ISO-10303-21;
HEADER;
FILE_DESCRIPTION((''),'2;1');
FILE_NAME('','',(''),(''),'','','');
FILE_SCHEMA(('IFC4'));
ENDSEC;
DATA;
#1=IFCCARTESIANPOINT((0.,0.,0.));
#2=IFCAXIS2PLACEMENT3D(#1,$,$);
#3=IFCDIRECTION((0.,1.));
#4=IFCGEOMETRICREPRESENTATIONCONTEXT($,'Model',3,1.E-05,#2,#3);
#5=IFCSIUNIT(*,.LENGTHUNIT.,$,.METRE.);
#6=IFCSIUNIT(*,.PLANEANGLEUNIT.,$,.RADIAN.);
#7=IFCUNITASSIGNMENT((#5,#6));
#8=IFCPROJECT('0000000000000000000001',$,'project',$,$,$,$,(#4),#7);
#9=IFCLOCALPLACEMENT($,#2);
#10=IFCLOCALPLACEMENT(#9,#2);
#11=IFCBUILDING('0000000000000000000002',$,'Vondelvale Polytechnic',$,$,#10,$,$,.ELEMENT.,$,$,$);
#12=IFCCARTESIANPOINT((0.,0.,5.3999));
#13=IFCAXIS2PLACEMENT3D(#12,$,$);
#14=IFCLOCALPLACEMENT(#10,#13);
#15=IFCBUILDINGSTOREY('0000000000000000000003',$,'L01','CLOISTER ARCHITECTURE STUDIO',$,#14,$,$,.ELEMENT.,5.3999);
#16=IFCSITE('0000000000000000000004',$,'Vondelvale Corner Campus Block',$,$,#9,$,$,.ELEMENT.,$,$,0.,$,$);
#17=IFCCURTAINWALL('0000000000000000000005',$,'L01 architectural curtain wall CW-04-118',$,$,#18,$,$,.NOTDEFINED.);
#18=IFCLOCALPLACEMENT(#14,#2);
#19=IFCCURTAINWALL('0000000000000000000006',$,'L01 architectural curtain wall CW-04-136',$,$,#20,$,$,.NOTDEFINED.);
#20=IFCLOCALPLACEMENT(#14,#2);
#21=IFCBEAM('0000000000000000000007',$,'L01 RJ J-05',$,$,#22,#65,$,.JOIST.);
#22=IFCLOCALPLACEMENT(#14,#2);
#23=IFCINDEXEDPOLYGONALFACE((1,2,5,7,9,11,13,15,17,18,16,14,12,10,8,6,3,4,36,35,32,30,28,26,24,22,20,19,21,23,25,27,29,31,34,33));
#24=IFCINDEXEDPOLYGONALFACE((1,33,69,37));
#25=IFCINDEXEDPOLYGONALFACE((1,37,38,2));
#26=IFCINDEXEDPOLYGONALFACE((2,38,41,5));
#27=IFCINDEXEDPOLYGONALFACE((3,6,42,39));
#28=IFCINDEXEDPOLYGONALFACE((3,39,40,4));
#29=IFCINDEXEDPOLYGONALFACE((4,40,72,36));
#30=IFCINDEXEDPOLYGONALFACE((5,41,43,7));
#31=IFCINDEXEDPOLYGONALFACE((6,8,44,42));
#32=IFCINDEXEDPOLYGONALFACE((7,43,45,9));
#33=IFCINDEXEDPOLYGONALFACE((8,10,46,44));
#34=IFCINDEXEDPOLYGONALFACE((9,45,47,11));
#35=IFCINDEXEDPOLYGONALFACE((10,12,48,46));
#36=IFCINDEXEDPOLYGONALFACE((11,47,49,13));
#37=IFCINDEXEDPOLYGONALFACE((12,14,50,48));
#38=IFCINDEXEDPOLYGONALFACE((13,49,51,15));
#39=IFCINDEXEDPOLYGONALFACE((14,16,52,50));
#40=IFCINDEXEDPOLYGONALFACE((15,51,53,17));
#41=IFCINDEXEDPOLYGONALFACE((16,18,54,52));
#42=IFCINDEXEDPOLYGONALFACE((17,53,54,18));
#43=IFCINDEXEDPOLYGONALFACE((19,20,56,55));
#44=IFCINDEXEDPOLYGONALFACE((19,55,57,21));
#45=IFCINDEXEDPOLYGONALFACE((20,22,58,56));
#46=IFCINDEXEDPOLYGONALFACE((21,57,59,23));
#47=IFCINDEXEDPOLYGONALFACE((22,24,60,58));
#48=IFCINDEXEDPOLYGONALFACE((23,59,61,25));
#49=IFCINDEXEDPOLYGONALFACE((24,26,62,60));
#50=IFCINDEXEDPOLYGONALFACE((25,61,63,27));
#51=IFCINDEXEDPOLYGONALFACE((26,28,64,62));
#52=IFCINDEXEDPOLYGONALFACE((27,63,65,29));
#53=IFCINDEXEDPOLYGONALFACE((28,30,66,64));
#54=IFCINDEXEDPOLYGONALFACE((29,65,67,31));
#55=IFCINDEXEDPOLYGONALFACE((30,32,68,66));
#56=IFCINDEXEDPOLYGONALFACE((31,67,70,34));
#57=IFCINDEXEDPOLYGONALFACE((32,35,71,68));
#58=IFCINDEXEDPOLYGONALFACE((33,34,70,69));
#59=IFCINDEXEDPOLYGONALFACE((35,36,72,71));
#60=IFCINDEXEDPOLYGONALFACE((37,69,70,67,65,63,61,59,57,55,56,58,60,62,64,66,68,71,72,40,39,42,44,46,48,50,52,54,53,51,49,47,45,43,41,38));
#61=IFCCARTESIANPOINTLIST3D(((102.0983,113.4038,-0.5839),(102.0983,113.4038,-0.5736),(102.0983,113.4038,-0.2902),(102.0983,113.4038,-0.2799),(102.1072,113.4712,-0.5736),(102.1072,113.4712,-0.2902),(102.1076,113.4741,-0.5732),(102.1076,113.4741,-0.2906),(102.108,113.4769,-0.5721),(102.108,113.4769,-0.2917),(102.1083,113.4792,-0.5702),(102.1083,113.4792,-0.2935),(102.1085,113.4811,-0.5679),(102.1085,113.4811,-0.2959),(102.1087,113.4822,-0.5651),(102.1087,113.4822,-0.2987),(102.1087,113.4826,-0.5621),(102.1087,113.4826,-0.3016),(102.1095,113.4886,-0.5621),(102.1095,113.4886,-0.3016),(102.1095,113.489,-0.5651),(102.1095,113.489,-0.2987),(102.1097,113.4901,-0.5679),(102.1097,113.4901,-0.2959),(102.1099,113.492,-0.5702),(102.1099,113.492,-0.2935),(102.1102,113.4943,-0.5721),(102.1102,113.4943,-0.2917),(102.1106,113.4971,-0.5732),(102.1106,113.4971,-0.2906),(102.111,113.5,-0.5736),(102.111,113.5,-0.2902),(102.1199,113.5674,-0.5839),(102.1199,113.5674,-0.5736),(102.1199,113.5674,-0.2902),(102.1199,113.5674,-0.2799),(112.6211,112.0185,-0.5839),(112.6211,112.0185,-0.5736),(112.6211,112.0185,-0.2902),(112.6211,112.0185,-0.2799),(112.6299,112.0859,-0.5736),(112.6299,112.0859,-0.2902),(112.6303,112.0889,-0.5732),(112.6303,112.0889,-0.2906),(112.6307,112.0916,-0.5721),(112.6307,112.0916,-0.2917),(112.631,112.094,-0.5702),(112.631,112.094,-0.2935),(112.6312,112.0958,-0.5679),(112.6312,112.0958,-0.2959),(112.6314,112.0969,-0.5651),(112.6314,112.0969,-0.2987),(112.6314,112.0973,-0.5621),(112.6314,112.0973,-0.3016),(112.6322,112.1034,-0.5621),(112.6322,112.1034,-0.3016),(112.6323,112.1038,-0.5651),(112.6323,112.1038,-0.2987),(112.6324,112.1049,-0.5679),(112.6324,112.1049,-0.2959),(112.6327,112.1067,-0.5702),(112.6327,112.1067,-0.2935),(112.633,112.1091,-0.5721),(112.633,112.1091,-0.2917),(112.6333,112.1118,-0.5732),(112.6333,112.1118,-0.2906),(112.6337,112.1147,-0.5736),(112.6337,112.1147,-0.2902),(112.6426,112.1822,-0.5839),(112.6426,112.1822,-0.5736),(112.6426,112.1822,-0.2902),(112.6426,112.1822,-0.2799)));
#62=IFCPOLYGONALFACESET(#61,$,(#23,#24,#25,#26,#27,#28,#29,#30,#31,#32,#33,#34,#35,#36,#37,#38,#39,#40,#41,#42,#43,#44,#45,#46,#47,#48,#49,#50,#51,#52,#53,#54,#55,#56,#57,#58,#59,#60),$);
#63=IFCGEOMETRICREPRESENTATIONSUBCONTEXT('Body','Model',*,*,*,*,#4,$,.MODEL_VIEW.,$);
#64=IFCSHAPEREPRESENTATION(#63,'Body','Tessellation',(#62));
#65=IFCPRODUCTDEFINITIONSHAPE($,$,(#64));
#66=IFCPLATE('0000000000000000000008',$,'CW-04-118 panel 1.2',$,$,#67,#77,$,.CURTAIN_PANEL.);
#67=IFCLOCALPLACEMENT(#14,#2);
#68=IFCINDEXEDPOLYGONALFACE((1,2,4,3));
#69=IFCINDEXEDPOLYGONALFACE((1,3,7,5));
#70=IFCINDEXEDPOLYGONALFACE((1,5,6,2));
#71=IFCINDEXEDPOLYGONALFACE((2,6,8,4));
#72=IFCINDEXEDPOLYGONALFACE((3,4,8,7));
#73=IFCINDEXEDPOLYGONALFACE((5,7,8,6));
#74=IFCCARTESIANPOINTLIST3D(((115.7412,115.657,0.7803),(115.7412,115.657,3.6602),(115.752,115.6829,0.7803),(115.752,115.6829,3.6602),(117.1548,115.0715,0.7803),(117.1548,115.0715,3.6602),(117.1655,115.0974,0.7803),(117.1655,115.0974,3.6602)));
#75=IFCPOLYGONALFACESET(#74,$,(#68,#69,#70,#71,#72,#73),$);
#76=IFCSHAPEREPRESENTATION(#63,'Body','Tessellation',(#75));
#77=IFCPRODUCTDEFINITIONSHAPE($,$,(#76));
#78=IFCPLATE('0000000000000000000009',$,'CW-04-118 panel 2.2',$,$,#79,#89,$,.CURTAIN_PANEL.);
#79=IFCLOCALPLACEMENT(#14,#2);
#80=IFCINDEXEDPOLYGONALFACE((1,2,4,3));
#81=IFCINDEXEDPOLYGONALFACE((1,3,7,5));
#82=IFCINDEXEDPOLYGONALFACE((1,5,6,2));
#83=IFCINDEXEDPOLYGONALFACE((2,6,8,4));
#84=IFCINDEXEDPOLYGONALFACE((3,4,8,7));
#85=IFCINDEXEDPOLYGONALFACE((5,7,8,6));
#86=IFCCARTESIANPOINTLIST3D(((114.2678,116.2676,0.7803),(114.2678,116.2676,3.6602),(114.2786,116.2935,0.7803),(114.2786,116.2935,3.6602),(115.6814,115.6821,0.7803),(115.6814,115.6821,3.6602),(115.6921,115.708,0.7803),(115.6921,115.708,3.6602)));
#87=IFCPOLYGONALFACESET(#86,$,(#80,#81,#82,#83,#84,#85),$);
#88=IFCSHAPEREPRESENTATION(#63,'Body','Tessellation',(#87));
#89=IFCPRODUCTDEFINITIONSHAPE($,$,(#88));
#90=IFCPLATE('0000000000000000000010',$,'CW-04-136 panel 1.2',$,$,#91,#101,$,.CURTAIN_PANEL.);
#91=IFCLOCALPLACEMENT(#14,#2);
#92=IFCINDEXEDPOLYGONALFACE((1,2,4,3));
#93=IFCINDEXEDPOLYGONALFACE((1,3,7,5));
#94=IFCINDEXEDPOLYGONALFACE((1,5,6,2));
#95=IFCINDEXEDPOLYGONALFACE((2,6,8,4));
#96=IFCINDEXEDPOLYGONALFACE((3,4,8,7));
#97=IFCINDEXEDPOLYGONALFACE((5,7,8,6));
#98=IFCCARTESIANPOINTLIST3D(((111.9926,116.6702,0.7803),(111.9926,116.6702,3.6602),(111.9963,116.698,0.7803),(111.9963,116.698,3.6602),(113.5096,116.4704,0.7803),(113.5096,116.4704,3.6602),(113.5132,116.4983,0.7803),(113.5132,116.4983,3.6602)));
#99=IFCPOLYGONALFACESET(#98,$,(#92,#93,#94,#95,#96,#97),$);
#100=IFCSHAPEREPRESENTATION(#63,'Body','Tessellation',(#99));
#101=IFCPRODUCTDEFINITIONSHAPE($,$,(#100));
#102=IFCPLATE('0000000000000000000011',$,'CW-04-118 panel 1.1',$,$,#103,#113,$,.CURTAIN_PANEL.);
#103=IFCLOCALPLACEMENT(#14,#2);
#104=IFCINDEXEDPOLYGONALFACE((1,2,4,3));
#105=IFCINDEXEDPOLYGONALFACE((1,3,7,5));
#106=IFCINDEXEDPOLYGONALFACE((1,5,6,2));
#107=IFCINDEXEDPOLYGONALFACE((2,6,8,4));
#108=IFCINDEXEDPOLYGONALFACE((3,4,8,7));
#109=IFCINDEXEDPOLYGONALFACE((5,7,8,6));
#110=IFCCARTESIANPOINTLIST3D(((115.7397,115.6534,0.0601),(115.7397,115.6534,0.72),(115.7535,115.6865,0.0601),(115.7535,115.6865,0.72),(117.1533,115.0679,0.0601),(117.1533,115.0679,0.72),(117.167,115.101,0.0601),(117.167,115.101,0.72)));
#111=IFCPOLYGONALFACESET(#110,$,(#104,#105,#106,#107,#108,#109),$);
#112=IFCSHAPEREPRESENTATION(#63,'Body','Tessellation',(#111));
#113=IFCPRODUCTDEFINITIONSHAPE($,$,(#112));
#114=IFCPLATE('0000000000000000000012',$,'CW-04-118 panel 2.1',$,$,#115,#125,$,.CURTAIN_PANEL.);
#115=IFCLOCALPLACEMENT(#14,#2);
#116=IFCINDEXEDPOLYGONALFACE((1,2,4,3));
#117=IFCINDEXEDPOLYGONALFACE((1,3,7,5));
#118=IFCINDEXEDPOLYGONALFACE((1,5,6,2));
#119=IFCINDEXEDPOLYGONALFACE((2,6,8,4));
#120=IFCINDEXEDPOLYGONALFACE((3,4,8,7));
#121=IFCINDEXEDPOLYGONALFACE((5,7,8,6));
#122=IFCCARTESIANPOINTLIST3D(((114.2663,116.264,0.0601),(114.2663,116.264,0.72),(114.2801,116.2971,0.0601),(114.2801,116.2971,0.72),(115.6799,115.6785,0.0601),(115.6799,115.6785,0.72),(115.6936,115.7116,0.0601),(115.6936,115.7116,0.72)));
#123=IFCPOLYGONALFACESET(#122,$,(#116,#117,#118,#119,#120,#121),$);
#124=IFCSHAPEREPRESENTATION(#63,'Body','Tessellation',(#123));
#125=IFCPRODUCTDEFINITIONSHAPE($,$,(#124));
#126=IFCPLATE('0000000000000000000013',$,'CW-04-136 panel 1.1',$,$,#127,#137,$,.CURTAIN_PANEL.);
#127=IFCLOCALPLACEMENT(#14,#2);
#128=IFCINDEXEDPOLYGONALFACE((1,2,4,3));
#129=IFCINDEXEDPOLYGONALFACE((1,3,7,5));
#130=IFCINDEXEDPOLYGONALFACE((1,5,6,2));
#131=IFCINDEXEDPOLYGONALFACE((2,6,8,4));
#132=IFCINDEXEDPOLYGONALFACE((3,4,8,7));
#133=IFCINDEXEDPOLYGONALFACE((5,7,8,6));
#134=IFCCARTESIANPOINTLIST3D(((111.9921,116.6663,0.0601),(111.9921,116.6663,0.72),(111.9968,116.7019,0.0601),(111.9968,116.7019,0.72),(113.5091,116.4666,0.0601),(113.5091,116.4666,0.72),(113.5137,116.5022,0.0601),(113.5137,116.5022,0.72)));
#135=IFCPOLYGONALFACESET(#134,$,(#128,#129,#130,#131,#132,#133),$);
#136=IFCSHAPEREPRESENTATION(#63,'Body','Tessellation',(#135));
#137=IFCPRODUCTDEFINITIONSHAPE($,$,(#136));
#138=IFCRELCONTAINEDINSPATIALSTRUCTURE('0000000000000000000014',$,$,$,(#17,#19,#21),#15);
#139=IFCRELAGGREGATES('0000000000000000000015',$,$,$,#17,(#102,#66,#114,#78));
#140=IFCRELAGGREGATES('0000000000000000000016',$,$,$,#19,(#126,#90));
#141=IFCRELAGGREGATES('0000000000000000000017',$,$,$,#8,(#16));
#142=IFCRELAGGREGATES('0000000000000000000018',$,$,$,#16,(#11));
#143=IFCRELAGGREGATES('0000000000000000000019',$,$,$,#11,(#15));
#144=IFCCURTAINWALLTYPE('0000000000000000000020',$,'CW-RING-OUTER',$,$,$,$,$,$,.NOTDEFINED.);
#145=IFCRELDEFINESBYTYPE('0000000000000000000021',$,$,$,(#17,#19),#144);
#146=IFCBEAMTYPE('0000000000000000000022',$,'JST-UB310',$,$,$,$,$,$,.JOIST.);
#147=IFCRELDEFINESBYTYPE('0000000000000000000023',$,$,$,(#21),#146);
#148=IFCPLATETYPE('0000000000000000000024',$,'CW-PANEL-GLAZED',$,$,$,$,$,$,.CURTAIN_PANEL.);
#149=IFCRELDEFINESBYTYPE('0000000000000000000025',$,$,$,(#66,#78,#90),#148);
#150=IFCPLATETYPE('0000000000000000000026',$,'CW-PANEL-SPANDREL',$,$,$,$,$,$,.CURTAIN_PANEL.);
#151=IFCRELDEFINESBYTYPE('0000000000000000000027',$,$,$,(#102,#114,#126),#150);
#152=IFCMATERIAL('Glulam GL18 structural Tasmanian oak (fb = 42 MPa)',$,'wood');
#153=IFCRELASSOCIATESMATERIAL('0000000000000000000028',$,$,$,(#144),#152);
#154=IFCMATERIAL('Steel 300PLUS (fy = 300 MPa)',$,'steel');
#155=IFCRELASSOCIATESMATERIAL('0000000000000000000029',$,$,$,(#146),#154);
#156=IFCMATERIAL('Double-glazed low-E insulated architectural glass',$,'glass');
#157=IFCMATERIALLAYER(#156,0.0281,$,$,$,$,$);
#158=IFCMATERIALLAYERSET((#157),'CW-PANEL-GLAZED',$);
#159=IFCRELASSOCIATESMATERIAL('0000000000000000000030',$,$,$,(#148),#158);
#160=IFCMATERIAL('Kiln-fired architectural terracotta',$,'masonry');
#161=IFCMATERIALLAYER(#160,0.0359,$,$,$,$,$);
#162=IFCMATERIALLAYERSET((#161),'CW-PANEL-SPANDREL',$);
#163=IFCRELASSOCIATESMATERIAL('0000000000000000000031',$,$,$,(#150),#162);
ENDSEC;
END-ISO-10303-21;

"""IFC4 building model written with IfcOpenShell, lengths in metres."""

from ifc_helpers import new_model, si_unit, direction, frame, origin, origin_2d, place, context, subcontext, project, spatial, rectangle, i_section, extrude, material, layer, layer_set, material_profile, profile_set, type_object, element, aggregate, save


model = new_model("IFC4")

# Units and contexts
model_context = context("Model", 3, precision=1e-05, world=origin(), true_north=direction((0.0, 1.0)))
body_context = subcontext(model_context, "Body", "Model", "MODEL_VIEW")
ifc_project = project(units=[si_unit("LENGTHUNIT", "METRE"), si_unit("PLANEANGLEUNIT", "RADIAN")], contexts=[model_context])

# Site, building, storey
site_placement = place(None, origin())
site = spatial("IfcSite", under=ifc_project, at=site_placement, Name="Vondelvale Corner Campus Block", CompositionType="ELEMENT", RefElevation=0.0)
building_placement = place(site_placement, origin())
building = spatial("IfcBuilding", under=site, at=building_placement, Name="Vondelvale Polytechnic", CompositionType="ELEMENT")
storey_placement = place(building_placement, frame((0.0, 0.0, 5.3999)))
storey = spatial("IfcBuildingStorey", under=building, at=storey_placement, Name="L01", Description="CLOISTER ARCHITECTURE STUDIO", CompositionType="ELEMENT", Elevation=5.3999)

# Shared definitions
ifc_material_1 = material(Name="Glulam GL18 structural Tasmanian oak (fb = 42 MPa)", Category="wood")

# Shared definitions
ifc_material_2 = material(Name="Steel 300PLUS (fy = 300 MPa)", Category="steel")

# Curtain walls
curtain_wall_type = type_object("IfcCurtainWallType", Name="CW-RING-OUTER", PredefinedType="NOTDEFINED", material=ifc_material_1)
curtain_wall_1_placement = place(storey_placement, origin())
curtain_wall_1 = element("IfcCurtainWall", 1, at=curtain_wall_1_placement, inside=storey, type_object=curtain_wall_type, Name="L01 architectural curtain wall CW-04-118", PredefinedType="NOTDEFINED")
curtain_wall_2_placement = place(storey_placement, origin())
curtain_wall_2 = element("IfcCurtainWall", 2, at=curtain_wall_2_placement, inside=storey, type_object=curtain_wall_type, Name="L01 architectural curtain wall CW-04-136", PredefinedType="NOTDEFINED")

# Beam
ifc_material_profile_1 = material_profile(ifc_material_2, i_section(OverallWidth=0.165, OverallDepth=0.304, WebThickness=0.0061, FlangeThickness=0.0103, FilletRadius=0.0115, at=origin_2d()), Name="310UB40.4")
ifc_profile_set_1 = profile_set([ifc_material_profile_1], Name="Steel 300PLUS (fy = 300 MPa)")
beam_type_1 = type_object("IfcBeamType", Name="JST-UB310", PredefinedType="JOIST", material=ifc_profile_set_1)
beam_1_placement = place(storey_placement, frame((112.6318, 112.1003, -0.4319), z_axis=(-0.991446, 0.130518, 0.0), x_axis=(-0.130518, -0.991446, 0.0)))
element("IfcBeam", 3, at=beam_1_placement, inside=storey, type_object=beam_type_1, Name="L01 RJ J-05", PredefinedType="JOIST", context=body_context, shape_type="SweptSolid", body=[
    extrude(i_section(OverallWidth=0.165, OverallDepth=0.304, WebThickness=0.0061, FlangeThickness=0.0103, FilletRadius=0.0115, at=origin_2d()), origin(), (0.0, 0.0, 1.0), 10.6135),
])

# Plates
ifc_material_3 = material(Name="Double-glazed low-E insulated architectural glass", Category="glass")
ifc_layer_1 = layer(ifc_material_3, 0.0281)
ifc_layer_set_1 = layer_set([ifc_layer_1], Name="CW-PANEL-GLAZED")
plate_type_1 = type_object("IfcPlateType", Name="CW-PANEL-GLAZED", PredefinedType="CURTAIN_PANEL", material=ifc_layer_set_1)
plate_1_placement = place(storey_placement, frame((116.4534, 115.3772, 0.7803), z_axis=(0.0, 0.0, 1.0), x_axis=(-0.923882, 0.382677, 0.0)))
plate_1 = element("IfcPlate", 4, at=plate_1_placement, type_object=plate_type_1, Name="CW-04-118 panel 1.2", PredefinedType="CURTAIN_PANEL", context=body_context, shape_type="SweptSolid", body=[
    extrude(rectangle(XDim=1.53, YDim=0.0281, at=origin_2d()), origin(), (0.0, 0.0, 1.0), 2.8799),
])
plate_2_placement = place(storey_placement, frame((114.98, 115.9878, 0.7803), z_axis=(0.0, 0.0, 1.0), x_axis=(-0.923882, 0.382677, 0.0)))
plate_2 = element("IfcPlate", 5, at=plate_2_placement, type_object=plate_type_1, Name="CW-04-118 panel 2.2", PredefinedType="CURTAIN_PANEL", context=body_context, shape_type="SweptSolid", body=[
    extrude(rectangle(XDim=1.53, YDim=0.0281, at=origin_2d()), origin(), (0.0, 0.0, 1.0), 2.8799),
])
plate_3_placement = place(storey_placement, frame((112.7529, 116.5842, 0.7803), z_axis=(0.0, 0.0, 1.0), x_axis=(-0.991443, 0.13054, 0.0)))
plate_3 = element("IfcPlate", 6, at=plate_3_placement, type_object=plate_type_1, Name="CW-04-136 panel 1.2", PredefinedType="CURTAIN_PANEL", context=body_context, shape_type="SweptSolid", body=[
    extrude(rectangle(XDim=1.53, YDim=0.0281, at=origin_2d()), origin(), (0.0, 0.0, 1.0), 2.8799),
])
ifc_material_4 = material(Name="Kiln-fired architectural terracotta", Category="masonry")
ifc_layer_2 = layer(ifc_material_4, 0.0359)
ifc_layer_set_2 = layer_set([ifc_layer_2], Name="CW-PANEL-SPANDREL")
plate_type_2 = type_object("IfcPlateType", Name="CW-PANEL-SPANDREL", PredefinedType="CURTAIN_PANEL", material=ifc_layer_set_2)
plate_4_placement = place(storey_placement, frame((116.4534, 115.3772, 0.0601), z_axis=(0.0, 0.0, 1.0), x_axis=(-0.923882, 0.382677, 0.0)))
plate_4 = element("IfcPlate", 7, at=plate_4_placement, type_object=plate_type_2, Name="CW-04-118 panel 1.1", PredefinedType="CURTAIN_PANEL", context=body_context, shape_type="SweptSolid", body=[
    extrude(rectangle(XDim=1.53, YDim=0.0359, at=origin_2d()), origin(), (0.0, 0.0, 1.0), 0.6599),
])
plate_5_placement = place(storey_placement, frame((114.98, 115.9878, 0.0601), z_axis=(0.0, 0.0, 1.0), x_axis=(-0.923882, 0.382677, 0.0)))
plate_5 = element("IfcPlate", 8, at=plate_5_placement, type_object=plate_type_2, Name="CW-04-118 panel 2.1", PredefinedType="CURTAIN_PANEL", context=body_context, shape_type="SweptSolid", body=[
    extrude(rectangle(XDim=1.53, YDim=0.0359, at=origin_2d()), origin(), (0.0, 0.0, 1.0), 0.6599),
])
aggregate(curtain_wall_1, [plate_4, plate_1, plate_5, plate_2])
plate_6_placement = place(storey_placement, frame((112.7529, 116.5842, 0.0601), z_axis=(0.0, 0.0, 1.0), x_axis=(-0.991443, 0.13054, 0.0)))
plate_6 = element("IfcPlate", 9, at=plate_6_placement, type_object=plate_type_2, Name="CW-04-136 panel 1.1", PredefinedType="CURTAIN_PANEL", context=body_context, shape_type="SweptSolid", body=[
    extrude(rectangle(XDim=1.53, YDim=0.0359, at=origin_2d()), origin(), (0.0, 0.0, 1.0), 0.6599),
])
aggregate(curtain_wall_2, [plate_6, plate_3])

save(model, "model.ifc")
